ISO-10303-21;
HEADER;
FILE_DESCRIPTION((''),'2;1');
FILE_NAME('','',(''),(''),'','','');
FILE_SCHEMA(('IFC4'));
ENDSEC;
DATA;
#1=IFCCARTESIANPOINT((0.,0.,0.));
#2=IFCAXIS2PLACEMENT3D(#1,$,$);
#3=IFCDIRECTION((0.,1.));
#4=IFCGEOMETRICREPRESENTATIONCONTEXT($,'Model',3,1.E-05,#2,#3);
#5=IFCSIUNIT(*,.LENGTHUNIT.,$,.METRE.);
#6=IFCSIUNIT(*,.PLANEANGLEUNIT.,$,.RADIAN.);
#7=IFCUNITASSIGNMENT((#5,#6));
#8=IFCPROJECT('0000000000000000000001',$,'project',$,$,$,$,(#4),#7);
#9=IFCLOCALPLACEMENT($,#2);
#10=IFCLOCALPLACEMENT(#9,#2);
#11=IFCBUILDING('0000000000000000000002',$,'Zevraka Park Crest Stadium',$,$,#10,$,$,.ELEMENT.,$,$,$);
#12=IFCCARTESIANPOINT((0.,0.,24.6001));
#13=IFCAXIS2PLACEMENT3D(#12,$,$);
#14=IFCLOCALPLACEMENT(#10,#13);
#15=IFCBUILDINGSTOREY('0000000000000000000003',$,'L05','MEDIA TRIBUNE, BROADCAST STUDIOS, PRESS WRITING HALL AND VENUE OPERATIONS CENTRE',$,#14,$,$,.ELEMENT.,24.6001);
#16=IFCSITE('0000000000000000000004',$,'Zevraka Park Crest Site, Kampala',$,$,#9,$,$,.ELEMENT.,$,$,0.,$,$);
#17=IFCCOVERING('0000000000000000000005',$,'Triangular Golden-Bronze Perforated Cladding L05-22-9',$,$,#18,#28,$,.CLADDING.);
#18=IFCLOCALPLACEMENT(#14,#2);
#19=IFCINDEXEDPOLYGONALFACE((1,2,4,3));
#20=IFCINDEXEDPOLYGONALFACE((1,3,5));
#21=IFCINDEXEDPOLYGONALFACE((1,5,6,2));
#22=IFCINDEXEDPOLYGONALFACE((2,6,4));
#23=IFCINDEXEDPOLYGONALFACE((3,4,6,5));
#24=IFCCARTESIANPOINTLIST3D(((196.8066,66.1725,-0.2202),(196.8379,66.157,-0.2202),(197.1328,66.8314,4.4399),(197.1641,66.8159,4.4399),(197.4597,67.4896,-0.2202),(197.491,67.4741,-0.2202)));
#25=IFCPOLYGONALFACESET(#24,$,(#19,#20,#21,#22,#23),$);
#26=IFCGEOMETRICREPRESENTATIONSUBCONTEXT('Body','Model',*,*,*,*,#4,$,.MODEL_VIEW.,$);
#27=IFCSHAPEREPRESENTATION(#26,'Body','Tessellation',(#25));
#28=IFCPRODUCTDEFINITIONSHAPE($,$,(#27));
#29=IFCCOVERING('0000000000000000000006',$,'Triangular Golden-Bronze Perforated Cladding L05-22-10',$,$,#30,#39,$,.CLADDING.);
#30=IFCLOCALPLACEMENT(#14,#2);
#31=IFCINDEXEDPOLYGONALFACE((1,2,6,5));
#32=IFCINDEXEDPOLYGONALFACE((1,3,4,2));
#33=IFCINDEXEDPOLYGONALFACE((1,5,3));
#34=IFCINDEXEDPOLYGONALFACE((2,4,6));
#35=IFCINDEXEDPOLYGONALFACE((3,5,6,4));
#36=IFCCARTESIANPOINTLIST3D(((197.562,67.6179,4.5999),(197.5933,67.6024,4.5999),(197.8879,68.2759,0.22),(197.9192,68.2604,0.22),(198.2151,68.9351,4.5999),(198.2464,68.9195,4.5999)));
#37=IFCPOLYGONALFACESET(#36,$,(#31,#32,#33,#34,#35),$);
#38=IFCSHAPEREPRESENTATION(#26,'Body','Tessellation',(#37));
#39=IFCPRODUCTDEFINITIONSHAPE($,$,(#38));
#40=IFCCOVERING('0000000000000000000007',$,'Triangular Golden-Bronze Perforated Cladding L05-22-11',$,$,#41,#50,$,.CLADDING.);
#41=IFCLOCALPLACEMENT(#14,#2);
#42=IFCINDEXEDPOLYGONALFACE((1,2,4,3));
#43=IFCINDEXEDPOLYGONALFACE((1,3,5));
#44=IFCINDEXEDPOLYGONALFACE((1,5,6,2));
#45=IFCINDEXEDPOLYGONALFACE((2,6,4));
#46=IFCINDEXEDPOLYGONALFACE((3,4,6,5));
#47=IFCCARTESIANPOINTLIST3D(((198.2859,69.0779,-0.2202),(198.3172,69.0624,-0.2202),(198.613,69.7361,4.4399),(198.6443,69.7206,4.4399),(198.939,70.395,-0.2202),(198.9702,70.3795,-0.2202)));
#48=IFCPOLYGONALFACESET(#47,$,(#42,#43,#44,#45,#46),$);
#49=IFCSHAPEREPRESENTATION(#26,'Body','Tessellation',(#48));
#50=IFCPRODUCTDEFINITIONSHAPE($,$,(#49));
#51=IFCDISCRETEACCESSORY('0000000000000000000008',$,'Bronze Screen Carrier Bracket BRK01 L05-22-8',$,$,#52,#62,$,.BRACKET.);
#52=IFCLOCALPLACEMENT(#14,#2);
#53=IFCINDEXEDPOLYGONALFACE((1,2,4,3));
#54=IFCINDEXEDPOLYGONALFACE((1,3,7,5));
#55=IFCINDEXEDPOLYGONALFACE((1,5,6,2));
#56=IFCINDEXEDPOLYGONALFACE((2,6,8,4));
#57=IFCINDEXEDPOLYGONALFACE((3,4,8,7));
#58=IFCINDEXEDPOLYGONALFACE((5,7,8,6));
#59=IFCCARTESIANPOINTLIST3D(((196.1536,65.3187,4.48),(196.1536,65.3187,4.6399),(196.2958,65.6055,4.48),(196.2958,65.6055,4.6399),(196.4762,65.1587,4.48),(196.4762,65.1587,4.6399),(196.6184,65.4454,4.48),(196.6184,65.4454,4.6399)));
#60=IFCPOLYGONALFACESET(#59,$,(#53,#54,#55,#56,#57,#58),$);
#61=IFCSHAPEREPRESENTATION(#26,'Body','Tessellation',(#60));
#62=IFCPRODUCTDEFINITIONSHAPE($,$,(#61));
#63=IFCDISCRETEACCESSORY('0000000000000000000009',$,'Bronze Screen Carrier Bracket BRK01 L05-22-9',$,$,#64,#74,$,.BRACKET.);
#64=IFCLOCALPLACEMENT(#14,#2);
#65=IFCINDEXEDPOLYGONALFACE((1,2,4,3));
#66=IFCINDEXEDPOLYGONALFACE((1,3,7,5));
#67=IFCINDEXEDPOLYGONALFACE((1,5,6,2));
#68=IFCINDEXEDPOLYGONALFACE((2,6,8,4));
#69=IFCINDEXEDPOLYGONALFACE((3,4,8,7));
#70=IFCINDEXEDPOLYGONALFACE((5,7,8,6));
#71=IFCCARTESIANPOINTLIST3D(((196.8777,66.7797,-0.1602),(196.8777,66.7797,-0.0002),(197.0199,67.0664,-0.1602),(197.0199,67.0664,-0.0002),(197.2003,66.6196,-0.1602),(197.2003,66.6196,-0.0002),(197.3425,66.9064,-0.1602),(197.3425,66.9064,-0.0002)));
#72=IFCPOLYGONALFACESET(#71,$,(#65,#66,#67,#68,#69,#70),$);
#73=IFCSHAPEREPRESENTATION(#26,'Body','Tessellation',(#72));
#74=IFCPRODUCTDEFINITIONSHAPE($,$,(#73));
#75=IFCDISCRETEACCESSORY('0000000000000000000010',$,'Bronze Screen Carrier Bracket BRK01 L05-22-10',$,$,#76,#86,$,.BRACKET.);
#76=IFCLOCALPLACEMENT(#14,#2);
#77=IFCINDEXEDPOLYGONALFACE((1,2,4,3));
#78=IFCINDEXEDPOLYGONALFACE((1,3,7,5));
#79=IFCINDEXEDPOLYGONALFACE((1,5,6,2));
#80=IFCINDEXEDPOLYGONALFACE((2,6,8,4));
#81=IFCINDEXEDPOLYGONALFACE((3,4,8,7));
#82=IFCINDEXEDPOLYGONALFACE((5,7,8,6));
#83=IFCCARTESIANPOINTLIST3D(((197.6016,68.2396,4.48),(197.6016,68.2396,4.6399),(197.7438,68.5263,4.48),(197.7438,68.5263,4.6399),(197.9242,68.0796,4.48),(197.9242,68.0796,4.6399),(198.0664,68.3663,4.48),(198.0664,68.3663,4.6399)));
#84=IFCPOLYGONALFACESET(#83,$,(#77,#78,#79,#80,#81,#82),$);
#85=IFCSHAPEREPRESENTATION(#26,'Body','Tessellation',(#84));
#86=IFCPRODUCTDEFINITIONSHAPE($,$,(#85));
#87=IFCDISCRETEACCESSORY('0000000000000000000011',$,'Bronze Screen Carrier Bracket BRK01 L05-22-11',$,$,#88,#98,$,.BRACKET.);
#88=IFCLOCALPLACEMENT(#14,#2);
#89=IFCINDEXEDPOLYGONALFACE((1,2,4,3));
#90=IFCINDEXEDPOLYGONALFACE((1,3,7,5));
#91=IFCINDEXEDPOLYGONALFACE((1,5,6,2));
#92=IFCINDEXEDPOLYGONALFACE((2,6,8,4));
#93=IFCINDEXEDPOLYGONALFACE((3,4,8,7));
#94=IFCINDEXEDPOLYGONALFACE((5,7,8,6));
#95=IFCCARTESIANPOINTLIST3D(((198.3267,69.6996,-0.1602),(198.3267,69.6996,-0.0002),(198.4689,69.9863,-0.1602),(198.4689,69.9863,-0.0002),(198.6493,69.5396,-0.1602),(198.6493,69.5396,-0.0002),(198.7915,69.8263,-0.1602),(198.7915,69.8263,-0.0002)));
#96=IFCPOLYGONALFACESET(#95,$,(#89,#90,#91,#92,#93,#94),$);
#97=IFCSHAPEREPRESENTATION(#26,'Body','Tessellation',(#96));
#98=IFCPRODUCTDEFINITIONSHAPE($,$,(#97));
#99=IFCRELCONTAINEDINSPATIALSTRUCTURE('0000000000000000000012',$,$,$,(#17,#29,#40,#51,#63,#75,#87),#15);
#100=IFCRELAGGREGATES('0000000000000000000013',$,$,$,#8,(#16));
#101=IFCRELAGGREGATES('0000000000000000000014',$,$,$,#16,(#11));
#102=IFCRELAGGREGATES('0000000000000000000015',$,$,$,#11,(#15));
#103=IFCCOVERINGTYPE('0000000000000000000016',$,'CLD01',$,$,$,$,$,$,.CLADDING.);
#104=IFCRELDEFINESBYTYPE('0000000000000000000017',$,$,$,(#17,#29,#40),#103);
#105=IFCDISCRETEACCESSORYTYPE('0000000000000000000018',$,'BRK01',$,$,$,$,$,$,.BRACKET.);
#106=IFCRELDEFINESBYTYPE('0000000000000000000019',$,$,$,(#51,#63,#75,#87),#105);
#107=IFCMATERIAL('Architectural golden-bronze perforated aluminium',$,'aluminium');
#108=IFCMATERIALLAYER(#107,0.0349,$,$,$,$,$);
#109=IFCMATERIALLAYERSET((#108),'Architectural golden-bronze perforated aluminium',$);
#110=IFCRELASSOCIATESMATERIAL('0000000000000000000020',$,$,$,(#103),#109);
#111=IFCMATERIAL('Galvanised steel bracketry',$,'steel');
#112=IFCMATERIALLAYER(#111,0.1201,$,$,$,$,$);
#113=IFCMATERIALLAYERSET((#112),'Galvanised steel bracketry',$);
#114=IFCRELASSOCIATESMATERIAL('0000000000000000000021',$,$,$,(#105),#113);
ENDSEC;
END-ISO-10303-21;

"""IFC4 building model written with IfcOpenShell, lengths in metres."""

from ifc_helpers import new_model, si_unit, direction, frame, origin, origin_2d, place, context, subcontext, project, spatial, polyline, rectangle, outline, extrude, material, layer, layer_set, type_object, element, save


model = new_model("IFC4")

# Units and contexts
model_context = context("Model", 3, precision=1e-05, world=origin(), true_north=direction((0.0, 1.0)))
body_context = subcontext(model_context, "Body", "Model", "MODEL_VIEW")
ifc_project = project(units=[si_unit("LENGTHUNIT", "METRE"), si_unit("PLANEANGLEUNIT", "RADIAN")], contexts=[model_context])

# Site, building, storey
site_placement = place(None, origin())
site = spatial("IfcSite", under=ifc_project, at=site_placement, Name="Zevraka Park Crest Site, Kampala", CompositionType="ELEMENT", RefElevation=0.0)
building_placement = place(site_placement, origin())
building = spatial("IfcBuilding", under=site, at=building_placement, Name="Zevraka Park Crest Stadium", CompositionType="ELEMENT")
storey_placement = place(building_placement, frame((0.0, 0.0, 24.6001)))
storey = spatial("IfcBuildingStorey", under=building, at=storey_placement, Name="L05", Description="MEDIA TRIBUNE, BROADCAST STUDIOS, PRESS WRITING HALL AND VENUE OPERATIONS CENTRE", CompositionType="ELEMENT", Elevation=24.6001)

# Coverings
ifc_material_1 = material(Name="Architectural golden-bronze perforated aluminium", Category="aluminium")
ifc_layer_1 = layer(ifc_material_1, 0.0349)
ifc_layer_set_1 = layer_set([ifc_layer_1], Name="Architectural golden-bronze perforated aluminium")
covering_type = type_object("IfcCoveringType", Name="CLD01", PredefinedType="CLADDING", material=ifc_layer_set_1)
covering_1_placement = place(storey_placement, frame((196.8379, 66.157, -0.2202), z_axis=(0.895917, -0.444222, 0.000105), x_axis=(0.444222, 0.895917, 0.0)))
element("IfcCovering", 1, at=covering_1_placement, inside=storey, type_object=covering_type, Name="Triangular Golden-Bronze Perforated Cladding L05-22-9", PredefinedType="CLADDING", context=body_context, shape_type="SweptSolid", body=[
    extrude(outline(polyline([(0.0, 0.0), (1.4702, 0.0), (0.7352, 4.6602), (0.0, 0.0)])), origin(), (0.0, 0.0, -1.0), 0.0349),
])
covering_2_placement = place(storey_placement, frame((198.2151, 68.9351, 4.5999), z_axis=(-0.895917, 0.444222, 0.000063), x_axis=(-0.444222, -0.895917, 0.0)))
element("IfcCovering", 2, at=covering_2_placement, inside=storey, type_object=covering_type, Name="Triangular Golden-Bronze Perforated Cladding L05-22-10", PredefinedType="CLADDING", context=body_context, shape_type="SweptSolid", body=[
    extrude(outline(polyline([(0.0, 0.0), (1.4702, 0.0), (0.7359, -4.3799), (0.0, 0.0)])), origin(), (0.0, 0.0, -1.0), 0.0349),
])
covering_3_placement = place(storey_placement, frame((198.2859, 69.0779, -0.2202), z_axis=(-0.895917, 0.444222, 0.000152), x_axis=(0.444222, 0.895917, 0.0)))
element("IfcCovering", 3, at=covering_3_placement, inside=storey, type_object=covering_type, Name="Triangular Golden-Bronze Perforated Cladding L05-22-11", PredefinedType="CLADDING", context=body_context, shape_type="SweptSolid", body=[
    extrude(outline(polyline([(0.0, 0.0), (1.4702, 0.0), (0.735, -4.6602), (0.0, 0.0)])), origin(), (0.0, 0.0, -1.0), 0.0349),
])

# Discrete accessories
ifc_material_2 = material(Name="Galvanised steel bracketry", Category="steel")
ifc_layer_2 = layer(ifc_material_2, 0.1201)
ifc_layer_set_2 = layer_set([ifc_layer_2], Name="Galvanised steel bracketry")
discrete_accessory_type = type_object("IfcDiscreteAccessoryType", Name="BRK01", PredefinedType="BRACKET", material=ifc_layer_set_2)
for number, where, z_axis, x_axis, name in (
    (4, (196.386, 65.3821, 4.48), (0.0, 0.0, 1.0), (0.444322, 0.895867, 0.0), "Bronze Screen Carrier Bracket BRK01 L05-22-8"),
    (5, (197.1101, 66.843, -0.1602), (0.0, 0.0, 1.0), (0.444322, 0.895867, 0.0), "Bronze Screen Carrier Bracket BRK01 L05-22-9"),
    (6, (197.834, 68.303, 4.48), (0.0, 0.0, 1.0), (0.444322, 0.895867, 0.0), "Bronze Screen Carrier Bracket BRK01 L05-22-10"),
    (7, (198.5591, 69.7629, -0.1602), (0.0, 0.0, 1.0), (0.444322, 0.895867, 0.0), "Bronze Screen Carrier Bracket BRK01 L05-22-11"),
):
    element("IfcDiscreteAccessory", number, at=place(storey_placement, frame(where, z_axis=z_axis, x_axis=x_axis)), inside=storey, type_object=discrete_accessory_type, Name=name, PredefinedType="BRACKET", context=body_context, shape_type="SweptSolid", body=[
        extrude(rectangle(XDim=0.3201, YDim=0.3601, at=origin_2d()), origin(), (0.0, 0.0, 1.0), 0.1599),
    ])

save(model, "model.ifc")
